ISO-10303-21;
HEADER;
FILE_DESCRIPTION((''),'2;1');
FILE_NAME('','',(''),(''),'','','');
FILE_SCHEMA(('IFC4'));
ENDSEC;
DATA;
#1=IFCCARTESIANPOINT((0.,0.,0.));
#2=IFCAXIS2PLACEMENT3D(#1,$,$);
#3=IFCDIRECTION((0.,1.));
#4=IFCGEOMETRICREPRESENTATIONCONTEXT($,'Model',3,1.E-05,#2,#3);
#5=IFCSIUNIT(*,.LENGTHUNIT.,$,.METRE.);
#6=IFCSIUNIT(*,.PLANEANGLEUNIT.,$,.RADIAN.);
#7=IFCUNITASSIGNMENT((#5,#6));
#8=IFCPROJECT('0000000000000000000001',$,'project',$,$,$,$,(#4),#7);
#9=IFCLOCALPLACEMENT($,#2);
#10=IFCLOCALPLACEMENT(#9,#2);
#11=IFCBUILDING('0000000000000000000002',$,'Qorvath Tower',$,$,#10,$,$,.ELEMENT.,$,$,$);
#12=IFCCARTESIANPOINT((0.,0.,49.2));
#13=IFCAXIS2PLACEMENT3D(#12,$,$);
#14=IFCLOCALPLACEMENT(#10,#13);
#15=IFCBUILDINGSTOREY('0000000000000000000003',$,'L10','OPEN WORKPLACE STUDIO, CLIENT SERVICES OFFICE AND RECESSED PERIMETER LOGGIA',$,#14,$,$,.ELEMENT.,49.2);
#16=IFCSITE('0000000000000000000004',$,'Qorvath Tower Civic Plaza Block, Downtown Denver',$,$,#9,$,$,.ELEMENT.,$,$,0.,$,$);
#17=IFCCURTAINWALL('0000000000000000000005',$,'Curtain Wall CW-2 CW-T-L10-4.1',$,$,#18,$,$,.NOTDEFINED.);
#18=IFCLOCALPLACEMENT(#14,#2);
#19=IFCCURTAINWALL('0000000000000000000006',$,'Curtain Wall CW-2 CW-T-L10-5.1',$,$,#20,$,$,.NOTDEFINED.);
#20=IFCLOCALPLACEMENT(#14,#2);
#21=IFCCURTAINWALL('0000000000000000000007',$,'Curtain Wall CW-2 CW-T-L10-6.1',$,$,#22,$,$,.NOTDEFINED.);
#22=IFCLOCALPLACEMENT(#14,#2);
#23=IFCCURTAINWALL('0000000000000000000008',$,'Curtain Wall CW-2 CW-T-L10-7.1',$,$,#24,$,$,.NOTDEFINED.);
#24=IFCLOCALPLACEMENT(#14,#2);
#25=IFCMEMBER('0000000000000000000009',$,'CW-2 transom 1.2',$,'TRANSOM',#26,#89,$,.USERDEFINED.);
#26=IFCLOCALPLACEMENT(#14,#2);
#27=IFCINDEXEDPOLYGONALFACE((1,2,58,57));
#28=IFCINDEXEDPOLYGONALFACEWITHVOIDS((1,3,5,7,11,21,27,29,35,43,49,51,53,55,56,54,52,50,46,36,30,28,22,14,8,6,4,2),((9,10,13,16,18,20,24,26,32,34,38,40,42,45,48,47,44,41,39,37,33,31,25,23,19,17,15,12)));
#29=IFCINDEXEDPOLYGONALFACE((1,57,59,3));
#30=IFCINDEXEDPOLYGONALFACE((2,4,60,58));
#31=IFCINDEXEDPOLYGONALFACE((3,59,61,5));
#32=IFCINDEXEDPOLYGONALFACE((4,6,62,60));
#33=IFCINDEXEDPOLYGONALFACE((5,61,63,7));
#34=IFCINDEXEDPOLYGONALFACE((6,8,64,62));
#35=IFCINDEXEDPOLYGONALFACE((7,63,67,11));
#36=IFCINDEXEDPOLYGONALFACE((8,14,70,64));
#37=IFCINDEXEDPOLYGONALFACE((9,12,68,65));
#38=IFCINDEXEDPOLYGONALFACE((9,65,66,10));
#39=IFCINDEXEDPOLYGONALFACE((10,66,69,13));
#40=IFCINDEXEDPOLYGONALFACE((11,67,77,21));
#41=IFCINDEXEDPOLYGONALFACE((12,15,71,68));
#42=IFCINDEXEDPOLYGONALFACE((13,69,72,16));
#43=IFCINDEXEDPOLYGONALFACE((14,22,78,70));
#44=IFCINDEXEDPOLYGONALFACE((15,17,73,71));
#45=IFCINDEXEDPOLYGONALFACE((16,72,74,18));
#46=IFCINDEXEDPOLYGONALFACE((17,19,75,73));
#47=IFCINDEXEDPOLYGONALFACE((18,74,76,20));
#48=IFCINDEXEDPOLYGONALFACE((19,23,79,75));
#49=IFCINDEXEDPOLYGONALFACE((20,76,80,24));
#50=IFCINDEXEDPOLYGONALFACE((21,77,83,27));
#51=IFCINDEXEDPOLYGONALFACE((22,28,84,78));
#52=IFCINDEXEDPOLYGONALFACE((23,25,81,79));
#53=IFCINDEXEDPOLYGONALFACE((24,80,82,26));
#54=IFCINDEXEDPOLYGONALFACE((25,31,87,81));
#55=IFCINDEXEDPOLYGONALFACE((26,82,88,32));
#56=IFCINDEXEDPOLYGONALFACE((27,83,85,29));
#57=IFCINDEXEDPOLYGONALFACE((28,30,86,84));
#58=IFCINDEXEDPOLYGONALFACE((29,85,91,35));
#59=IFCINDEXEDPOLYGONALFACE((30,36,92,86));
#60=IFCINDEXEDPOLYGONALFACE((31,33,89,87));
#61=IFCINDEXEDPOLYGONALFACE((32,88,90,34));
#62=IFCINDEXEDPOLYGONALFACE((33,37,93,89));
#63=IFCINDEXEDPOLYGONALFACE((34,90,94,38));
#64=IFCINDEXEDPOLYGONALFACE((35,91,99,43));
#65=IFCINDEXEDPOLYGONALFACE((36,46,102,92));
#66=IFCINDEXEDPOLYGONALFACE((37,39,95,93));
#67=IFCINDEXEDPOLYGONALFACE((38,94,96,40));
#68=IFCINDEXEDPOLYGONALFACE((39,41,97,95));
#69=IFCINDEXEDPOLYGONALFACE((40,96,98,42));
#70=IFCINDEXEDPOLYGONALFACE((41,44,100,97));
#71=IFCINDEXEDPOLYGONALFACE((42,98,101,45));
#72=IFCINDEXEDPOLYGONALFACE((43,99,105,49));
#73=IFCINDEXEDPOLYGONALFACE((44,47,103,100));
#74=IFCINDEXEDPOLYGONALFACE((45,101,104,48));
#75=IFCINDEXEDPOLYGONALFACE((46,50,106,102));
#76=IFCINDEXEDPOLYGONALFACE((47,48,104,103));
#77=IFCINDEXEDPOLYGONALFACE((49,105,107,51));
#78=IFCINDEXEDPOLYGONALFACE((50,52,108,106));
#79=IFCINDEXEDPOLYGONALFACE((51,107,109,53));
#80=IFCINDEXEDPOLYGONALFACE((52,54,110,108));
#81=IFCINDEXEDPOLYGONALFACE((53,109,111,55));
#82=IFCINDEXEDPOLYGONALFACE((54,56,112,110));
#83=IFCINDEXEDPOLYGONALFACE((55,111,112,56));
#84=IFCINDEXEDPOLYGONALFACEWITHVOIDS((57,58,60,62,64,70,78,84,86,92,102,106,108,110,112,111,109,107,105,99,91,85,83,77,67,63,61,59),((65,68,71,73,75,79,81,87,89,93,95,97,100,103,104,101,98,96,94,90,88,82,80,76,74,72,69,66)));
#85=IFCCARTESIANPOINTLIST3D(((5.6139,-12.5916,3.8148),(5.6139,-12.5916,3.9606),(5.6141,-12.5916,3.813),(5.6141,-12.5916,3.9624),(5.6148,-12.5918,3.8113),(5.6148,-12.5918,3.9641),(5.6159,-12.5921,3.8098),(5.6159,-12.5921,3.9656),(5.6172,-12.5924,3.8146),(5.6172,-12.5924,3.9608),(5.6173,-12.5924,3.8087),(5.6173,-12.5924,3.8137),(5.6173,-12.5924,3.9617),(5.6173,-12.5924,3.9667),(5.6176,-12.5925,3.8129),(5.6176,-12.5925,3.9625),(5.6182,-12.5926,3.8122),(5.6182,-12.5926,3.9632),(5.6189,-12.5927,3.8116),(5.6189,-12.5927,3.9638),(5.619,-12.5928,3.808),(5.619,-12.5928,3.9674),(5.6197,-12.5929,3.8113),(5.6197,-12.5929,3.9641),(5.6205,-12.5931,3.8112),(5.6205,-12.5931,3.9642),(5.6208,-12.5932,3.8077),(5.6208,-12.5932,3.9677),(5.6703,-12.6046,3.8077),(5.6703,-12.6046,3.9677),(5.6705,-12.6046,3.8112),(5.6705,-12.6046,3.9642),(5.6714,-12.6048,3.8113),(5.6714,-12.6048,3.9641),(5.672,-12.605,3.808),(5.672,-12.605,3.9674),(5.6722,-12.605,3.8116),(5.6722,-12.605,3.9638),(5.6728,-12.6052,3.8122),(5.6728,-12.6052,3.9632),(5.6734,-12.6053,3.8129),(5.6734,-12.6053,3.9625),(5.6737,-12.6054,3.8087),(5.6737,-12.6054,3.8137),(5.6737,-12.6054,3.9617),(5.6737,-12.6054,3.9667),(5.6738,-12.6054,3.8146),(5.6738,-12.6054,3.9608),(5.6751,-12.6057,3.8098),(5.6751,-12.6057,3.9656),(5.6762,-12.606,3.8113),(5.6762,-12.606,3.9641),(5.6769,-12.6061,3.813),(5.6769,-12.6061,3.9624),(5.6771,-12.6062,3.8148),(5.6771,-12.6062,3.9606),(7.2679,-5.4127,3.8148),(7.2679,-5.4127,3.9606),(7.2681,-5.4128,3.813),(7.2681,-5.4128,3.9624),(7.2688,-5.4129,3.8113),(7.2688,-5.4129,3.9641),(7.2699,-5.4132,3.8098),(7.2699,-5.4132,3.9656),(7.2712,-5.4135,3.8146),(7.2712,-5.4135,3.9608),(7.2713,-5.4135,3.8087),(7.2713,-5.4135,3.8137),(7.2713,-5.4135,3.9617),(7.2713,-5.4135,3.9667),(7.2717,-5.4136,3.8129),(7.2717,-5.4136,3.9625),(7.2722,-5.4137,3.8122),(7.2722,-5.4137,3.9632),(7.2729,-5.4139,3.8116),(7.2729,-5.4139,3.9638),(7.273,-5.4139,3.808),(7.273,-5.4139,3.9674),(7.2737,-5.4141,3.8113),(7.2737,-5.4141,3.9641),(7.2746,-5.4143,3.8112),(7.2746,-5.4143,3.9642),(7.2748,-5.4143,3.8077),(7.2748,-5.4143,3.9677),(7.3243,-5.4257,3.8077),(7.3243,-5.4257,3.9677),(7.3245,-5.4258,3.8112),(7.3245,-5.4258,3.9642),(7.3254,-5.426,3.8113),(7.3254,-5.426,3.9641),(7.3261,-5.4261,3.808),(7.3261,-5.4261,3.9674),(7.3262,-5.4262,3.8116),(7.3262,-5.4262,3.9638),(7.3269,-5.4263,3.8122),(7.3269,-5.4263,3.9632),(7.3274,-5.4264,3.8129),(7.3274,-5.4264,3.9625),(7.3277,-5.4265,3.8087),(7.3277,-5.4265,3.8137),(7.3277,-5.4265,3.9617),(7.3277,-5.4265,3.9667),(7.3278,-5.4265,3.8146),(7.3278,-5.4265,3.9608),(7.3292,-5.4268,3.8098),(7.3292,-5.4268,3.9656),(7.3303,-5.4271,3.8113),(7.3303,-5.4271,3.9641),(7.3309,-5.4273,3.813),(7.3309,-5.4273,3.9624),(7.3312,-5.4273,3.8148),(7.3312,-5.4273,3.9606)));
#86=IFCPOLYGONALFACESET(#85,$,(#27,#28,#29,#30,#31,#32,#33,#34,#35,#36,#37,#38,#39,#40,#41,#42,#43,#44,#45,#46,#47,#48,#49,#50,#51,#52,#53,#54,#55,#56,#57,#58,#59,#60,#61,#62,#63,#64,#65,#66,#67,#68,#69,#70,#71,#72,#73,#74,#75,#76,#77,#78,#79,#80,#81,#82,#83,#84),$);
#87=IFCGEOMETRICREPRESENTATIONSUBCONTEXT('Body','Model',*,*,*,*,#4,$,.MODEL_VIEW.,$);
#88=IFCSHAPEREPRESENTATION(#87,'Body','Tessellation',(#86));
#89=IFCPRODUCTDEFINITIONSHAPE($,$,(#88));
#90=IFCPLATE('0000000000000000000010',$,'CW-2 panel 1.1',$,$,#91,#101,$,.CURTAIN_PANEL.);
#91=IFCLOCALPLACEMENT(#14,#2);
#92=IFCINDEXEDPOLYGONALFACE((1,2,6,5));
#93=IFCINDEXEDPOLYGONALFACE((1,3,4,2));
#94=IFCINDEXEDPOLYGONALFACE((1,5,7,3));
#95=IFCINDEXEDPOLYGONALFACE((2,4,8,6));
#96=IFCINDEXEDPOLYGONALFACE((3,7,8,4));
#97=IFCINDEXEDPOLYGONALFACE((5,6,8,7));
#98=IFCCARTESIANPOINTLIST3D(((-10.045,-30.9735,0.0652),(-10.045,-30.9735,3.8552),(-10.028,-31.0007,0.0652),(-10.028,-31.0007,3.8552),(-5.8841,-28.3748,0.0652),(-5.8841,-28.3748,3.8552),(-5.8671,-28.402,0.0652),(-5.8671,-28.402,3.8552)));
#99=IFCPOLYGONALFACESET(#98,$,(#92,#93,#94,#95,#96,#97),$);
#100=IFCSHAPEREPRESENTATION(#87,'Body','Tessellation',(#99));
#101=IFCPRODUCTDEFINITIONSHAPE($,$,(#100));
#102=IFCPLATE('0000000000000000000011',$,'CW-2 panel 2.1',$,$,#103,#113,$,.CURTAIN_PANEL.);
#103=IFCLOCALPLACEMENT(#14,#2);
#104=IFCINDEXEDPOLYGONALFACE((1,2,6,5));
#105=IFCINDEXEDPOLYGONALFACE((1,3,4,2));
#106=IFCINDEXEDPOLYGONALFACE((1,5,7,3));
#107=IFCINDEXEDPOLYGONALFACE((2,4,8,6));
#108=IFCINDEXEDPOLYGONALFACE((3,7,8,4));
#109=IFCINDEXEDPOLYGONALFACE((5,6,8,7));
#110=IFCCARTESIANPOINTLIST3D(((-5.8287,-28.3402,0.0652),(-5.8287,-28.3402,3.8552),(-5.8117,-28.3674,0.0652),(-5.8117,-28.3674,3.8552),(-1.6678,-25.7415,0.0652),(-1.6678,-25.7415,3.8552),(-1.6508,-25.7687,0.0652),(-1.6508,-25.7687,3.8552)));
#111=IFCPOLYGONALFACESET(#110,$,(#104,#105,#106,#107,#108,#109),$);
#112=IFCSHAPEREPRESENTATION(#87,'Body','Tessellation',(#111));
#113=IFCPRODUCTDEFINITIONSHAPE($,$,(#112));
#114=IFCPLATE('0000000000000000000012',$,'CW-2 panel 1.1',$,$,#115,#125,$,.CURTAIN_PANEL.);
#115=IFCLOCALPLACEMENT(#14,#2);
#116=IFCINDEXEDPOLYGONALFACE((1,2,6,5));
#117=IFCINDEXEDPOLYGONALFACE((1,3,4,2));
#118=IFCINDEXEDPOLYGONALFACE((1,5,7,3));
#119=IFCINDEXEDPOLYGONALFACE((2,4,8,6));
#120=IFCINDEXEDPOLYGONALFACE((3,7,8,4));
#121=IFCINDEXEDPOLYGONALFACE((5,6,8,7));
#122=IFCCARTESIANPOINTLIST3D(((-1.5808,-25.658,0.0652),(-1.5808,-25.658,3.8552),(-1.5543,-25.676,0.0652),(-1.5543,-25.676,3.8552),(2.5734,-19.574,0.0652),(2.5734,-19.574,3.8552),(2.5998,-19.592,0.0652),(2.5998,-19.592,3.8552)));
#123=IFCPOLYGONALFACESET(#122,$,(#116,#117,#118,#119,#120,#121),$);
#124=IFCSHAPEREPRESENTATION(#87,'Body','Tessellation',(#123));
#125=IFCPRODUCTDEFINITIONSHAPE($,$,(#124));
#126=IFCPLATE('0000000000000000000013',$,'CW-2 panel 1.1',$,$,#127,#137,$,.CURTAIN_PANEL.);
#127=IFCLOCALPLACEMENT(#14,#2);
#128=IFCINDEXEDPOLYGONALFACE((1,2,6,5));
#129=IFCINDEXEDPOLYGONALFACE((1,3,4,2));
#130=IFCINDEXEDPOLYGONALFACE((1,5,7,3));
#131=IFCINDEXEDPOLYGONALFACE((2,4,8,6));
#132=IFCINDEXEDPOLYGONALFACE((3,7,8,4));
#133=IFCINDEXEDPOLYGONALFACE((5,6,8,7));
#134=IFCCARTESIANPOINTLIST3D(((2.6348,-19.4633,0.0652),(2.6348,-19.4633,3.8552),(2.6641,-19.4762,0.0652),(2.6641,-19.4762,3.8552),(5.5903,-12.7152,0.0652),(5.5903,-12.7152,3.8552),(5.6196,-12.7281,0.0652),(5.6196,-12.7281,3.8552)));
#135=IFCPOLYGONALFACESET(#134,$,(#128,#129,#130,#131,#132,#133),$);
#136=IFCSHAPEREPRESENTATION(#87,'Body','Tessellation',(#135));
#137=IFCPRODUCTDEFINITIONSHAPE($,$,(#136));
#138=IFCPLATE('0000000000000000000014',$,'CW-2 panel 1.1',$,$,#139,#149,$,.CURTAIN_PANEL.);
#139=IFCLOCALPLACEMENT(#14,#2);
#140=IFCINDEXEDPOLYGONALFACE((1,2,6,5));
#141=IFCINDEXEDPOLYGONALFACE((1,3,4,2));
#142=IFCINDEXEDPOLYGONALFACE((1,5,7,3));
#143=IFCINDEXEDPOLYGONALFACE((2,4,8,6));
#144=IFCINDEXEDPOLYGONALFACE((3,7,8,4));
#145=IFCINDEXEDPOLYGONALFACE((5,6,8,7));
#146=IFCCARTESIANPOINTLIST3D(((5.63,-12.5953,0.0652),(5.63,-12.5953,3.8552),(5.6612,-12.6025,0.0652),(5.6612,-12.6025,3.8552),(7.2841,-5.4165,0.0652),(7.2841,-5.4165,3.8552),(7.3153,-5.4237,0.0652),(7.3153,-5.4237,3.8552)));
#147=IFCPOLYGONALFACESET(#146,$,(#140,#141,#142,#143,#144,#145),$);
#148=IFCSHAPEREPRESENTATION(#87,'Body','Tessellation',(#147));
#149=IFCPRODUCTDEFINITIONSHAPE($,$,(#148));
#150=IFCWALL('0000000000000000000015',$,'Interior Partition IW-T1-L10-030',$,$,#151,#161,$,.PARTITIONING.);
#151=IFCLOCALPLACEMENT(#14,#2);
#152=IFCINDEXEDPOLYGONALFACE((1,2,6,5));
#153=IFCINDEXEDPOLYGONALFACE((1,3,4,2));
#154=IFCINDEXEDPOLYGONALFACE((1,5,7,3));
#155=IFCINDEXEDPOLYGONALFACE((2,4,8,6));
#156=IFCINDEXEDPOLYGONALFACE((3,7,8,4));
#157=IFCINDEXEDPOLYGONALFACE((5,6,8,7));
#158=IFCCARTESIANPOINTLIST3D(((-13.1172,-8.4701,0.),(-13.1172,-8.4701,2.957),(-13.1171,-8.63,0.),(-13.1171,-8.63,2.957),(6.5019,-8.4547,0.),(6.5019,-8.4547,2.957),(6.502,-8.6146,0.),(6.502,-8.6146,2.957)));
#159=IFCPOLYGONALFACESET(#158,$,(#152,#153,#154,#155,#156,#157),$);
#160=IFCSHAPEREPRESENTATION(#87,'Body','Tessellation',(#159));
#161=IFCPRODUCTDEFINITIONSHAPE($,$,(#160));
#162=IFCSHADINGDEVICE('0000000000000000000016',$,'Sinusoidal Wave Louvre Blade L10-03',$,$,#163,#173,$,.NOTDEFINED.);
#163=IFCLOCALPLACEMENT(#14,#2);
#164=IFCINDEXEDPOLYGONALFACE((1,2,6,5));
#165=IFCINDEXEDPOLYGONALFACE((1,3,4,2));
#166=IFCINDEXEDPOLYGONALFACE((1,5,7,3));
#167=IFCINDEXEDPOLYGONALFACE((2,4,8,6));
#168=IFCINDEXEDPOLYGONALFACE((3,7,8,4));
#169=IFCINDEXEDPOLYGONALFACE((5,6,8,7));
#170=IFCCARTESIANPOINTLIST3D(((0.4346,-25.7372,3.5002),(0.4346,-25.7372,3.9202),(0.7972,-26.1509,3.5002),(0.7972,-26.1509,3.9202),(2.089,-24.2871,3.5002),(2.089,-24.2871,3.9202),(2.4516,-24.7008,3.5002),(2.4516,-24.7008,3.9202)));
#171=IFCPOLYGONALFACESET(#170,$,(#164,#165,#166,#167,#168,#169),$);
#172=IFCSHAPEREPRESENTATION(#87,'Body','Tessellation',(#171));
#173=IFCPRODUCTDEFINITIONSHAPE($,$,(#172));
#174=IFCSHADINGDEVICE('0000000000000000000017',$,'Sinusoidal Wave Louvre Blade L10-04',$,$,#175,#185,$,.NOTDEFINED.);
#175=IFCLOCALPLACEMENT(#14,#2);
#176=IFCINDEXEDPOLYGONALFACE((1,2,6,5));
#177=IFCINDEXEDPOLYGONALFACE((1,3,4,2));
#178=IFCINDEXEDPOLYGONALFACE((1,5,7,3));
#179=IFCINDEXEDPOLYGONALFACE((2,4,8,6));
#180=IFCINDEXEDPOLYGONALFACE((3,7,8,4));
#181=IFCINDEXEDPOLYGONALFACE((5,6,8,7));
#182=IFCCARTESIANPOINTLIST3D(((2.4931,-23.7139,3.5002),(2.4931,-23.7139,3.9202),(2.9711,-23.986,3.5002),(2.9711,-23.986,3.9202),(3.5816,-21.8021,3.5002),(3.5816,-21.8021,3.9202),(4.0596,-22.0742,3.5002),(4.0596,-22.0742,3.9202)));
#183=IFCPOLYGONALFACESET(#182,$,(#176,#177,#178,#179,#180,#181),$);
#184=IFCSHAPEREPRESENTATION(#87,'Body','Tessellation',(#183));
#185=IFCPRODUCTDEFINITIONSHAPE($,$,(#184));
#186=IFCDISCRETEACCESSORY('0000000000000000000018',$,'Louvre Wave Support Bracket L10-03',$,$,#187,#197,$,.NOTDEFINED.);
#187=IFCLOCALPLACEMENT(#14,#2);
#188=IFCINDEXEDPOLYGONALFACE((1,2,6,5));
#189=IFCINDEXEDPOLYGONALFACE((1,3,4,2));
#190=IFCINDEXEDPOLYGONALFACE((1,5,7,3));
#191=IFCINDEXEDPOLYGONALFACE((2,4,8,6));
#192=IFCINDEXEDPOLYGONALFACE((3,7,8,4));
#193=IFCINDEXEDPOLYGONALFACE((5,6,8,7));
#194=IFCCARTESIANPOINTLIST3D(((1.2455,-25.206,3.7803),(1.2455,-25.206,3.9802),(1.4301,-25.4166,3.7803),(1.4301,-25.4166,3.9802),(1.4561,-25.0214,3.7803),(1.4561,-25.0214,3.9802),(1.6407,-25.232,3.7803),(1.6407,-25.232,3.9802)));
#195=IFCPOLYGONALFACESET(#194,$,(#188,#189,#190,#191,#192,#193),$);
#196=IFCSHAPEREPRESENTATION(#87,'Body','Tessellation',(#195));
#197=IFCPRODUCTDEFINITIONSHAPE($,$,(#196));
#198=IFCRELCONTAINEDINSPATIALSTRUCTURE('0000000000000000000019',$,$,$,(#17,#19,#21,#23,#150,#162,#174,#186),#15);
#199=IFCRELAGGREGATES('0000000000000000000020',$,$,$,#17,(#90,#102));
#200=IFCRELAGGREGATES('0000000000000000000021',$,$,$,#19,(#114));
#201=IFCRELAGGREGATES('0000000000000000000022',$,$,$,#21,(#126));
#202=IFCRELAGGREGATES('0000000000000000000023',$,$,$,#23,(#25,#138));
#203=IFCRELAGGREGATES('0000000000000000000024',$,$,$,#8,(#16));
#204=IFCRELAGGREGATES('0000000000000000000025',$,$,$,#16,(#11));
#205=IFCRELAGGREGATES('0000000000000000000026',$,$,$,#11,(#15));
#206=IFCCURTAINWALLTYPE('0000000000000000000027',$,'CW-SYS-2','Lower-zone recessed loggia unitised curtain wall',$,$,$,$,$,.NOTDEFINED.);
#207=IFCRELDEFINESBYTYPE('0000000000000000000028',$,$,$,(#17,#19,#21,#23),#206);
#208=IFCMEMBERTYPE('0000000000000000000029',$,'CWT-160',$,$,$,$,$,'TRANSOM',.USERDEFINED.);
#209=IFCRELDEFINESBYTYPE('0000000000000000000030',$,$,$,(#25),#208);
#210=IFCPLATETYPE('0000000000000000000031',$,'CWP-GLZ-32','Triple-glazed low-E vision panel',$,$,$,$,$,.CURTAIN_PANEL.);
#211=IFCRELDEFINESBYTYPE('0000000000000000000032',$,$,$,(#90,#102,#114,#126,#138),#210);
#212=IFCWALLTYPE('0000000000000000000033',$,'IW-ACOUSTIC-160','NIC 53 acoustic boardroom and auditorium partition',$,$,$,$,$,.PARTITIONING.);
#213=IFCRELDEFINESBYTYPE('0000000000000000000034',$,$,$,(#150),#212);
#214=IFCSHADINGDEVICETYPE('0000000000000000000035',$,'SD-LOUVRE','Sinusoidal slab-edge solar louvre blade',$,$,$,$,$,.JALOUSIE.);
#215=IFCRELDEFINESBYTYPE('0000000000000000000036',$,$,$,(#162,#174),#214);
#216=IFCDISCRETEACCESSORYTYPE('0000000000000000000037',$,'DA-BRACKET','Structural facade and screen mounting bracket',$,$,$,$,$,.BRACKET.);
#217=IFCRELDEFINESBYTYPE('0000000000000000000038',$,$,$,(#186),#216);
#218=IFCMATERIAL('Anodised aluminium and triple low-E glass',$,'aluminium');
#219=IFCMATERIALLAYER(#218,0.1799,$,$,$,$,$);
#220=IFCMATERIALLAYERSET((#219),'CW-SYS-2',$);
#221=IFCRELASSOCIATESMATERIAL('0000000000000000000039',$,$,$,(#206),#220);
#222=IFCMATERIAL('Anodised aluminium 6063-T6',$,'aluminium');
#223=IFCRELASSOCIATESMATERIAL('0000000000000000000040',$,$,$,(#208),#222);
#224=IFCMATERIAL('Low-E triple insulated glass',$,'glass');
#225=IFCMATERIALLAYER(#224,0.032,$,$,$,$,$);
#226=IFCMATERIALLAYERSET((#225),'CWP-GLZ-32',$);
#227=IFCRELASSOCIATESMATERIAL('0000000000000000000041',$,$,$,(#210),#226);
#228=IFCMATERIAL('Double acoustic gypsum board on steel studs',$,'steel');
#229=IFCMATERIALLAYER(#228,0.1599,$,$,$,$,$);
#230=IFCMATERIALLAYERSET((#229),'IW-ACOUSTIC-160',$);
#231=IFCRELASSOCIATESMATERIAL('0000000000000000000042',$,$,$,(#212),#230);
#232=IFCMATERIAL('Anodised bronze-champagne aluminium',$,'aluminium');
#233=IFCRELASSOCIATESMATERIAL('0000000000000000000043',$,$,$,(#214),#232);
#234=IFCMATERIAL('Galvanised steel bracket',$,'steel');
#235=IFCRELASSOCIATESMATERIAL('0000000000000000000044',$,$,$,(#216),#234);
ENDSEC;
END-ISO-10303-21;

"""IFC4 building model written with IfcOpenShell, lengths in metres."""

from ifc_helpers import new_model, si_unit, direction, frame, frame_2d, origin, origin_2d, place, context, subcontext, project, spatial, rectangle, hollow_rectangle, extrude, material, layer, layer_set, material_profile, profile_set, type_object, element, aggregate, save


model = new_model("IFC4")

# Units and contexts
model_context = context("Model", 3, precision=1e-05, world=origin(), true_north=direction((0.0, 1.0)))
body_context = subcontext(model_context, "Body", "Model", "MODEL_VIEW")
ifc_project = project(units=[si_unit("LENGTHUNIT", "METRE"), si_unit("PLANEANGLEUNIT", "RADIAN")], contexts=[model_context])

# Site, building, storey
site_placement = place(None, origin())
site = spatial("IfcSite", under=ifc_project, at=site_placement, Name="Qorvath Tower Civic Plaza Block, Downtown Denver", CompositionType="ELEMENT", RefElevation=0.0)
building_placement = place(site_placement, origin())
building = spatial("IfcBuilding", under=site, at=building_placement, Name="Qorvath Tower", CompositionType="ELEMENT")
storey_placement = place(building_placement, frame((0.0, 0.0, 49.2)))
storey = spatial("IfcBuildingStorey", under=building, at=storey_placement, Name="L10", Description="OPEN WORKPLACE STUDIO, CLIENT SERVICES OFFICE AND RECESSED PERIMETER LOGGIA", CompositionType="ELEMENT", Elevation=49.2)

# Curtain walls
ifc_material_1 = material(Name="Anodised aluminium and triple low-E glass", Category="aluminium")
ifc_layer_1 = layer(ifc_material_1, 0.1799)
ifc_layer_set_1 = layer_set([ifc_layer_1], Name="CW-SYS-2")
curtain_wall_type = type_object("IfcCurtainWallType", Name="CW-SYS-2", Description="Lower-zone recessed loggia unitised curtain wall", PredefinedType="NOTDEFINED", material=ifc_layer_set_1)
curtain_wall_1_placement = place(storey_placement, origin())
curtain_wall_1 = element("IfcCurtainWall", 1, at=curtain_wall_1_placement, inside=storey, type_object=curtain_wall_type, Name="Curtain Wall CW-2 CW-T-L10-4.1", PredefinedType="NOTDEFINED")
curtain_wall_2_placement = place(storey_placement, origin())
curtain_wall_2 = element("IfcCurtainWall", 2, at=curtain_wall_2_placement, inside=storey, type_object=curtain_wall_type, Name="Curtain Wall CW-2 CW-T-L10-5.1", PredefinedType="NOTDEFINED")
curtain_wall_3_placement = place(storey_placement, origin())
curtain_wall_3 = element("IfcCurtainWall", 3, at=curtain_wall_3_placement, inside=storey, type_object=curtain_wall_type, Name="Curtain Wall CW-2 CW-T-L10-6.1", PredefinedType="NOTDEFINED")

# Curtain wall
curtain_wall_4_placement = place(storey_placement, origin())
curtain_wall_4 = element("IfcCurtainWall", 4, at=curtain_wall_4_placement, inside=storey, type_object=curtain_wall_type, Name="Curtain Wall CW-2 CW-T-L10-7.1", PredefinedType="NOTDEFINED")

# Member
ifc_material_2 = material(Name="Anodised aluminium 6063-T6", Category="aluminium")
ifc_material_profile_1 = material_profile(ifc_material_2, hollow_rectangle(XDim=0.0649, YDim=0.1599, WallThickness=0.0034, InnerFilletRadius=0.0034, OuterFilletRadius=0.0071, at=origin_2d()), Name="CWT 160x65")
ifc_profile_set_1 = profile_set([ifc_material_profile_1], Name="Anodised aluminium 6063-T6")
member_type_1 = type_object("IfcMemberType", Name="CWT-160", ElementType="TRANSOM", PredefinedType="USERDEFINED", material=ifc_profile_set_1)
member_1_placement = place(storey_placement, frame((5.6455, -12.5989, 3.8877), z_axis=(0.224521, 0.974469, 0.0), x_axis=(-0.974469, 0.224521, 0.0)))
member_1 = element("IfcMember", 5, at=member_1_placement, type_object=member_type_1, Name="CW-2 transom 1.2", ObjectType="TRANSOM", PredefinedType="USERDEFINED", context=body_context, shape_type="SweptSolid", body=[
    extrude(hollow_rectangle(XDim=0.0649, YDim=0.1599, WallThickness=0.0034, InnerFilletRadius=0.0034, OuterFilletRadius=0.0071, at=origin_2d()), origin(), (0.0, 0.0, 1.0), 7.3669),
])

# Plates
ifc_material_3 = material(Name="Low-E triple insulated glass", Category="glass")
ifc_layer_2 = layer(ifc_material_3, 0.032)
ifc_layer_set_2 = layer_set([ifc_layer_2], Name="CWP-GLZ-32")
plate_type = type_object("IfcPlateType", Name="CWP-GLZ-32", Description="Triple-glazed low-E vision panel", PredefinedType="CURTAIN_PANEL", material=ifc_layer_set_2)
plate_1_placement = place(storey_placement, frame((-7.9561, -29.6877, 0.0652), z_axis=(0.0, 0.0, 1.0), x_axis=(0.84817, 0.529724, 0.0)))
plate_1 = element("IfcPlate", 6, at=plate_1_placement, type_object=plate_type, Name="CW-2 panel 1.1", PredefinedType="CURTAIN_PANEL", context=body_context, shape_type="SweptSolid", body=[
    extrude(rectangle(XDim=4.9058, YDim=0.032, at=origin_2d()), origin(), (0.0, 0.0, 1.0), 3.79),
])
plate_2_placement = place(storey_placement, frame((-3.7397, -27.0544, 0.0652), z_axis=(0.0, 0.0, 1.0), x_axis=(0.84817, 0.529724, 0.0)))
plate_2 = element("IfcPlate", 7, at=plate_2_placement, type_object=plate_type, Name="CW-2 panel 2.1", PredefinedType="CURTAIN_PANEL", context=body_context, shape_type="SweptSolid", body=[
    extrude(rectangle(XDim=4.9058, YDim=0.032, at=origin_2d()), origin(), (0.0, 0.0, 1.0), 3.79),
])
aggregate(curtain_wall_1, [plate_1, plate_2])
plate_3_placement = place(storey_placement, frame((0.5095, -22.625, 0.0652), z_axis=(0.0, 0.0, 1.0), x_axis=(0.563891, 0.825849, 0.0)))
plate_3 = element("IfcPlate", 8, at=plate_3_placement, type_object=plate_type, Name="CW-2 panel 1.1", PredefinedType="CURTAIN_PANEL", context=body_context, shape_type="SweptSolid", body=[
    extrude(rectangle(XDim=7.3669, YDim=0.032, at=origin_2d()), origin(), (0.0, 0.0, 1.0), 3.79),
])
aggregate(curtain_wall_2, [plate_3])
plate_4_placement = place(storey_placement, frame((4.1272, -16.0957, 0.0652), z_axis=(0.0, 0.0, 1.0), x_axis=(0.401177, 0.916001, 0.0)))
plate_4 = element("IfcPlate", 9, at=plate_4_placement, type_object=plate_type, Name="CW-2 panel 1.1", PredefinedType="CURTAIN_PANEL", context=body_context, shape_type="SweptSolid", body=[
    extrude(rectangle(XDim=7.3669, YDim=0.032, at=origin_2d()), origin(), (0.0, 0.0, 1.0), 3.79),
])
aggregate(curtain_wall_3, [plate_4])
plate_5_placement = place(storey_placement, frame((6.4727, -9.0095, 0.0652), z_axis=(0.0, 0.0, 1.0), x_axis=(0.224535, 0.974466, 0.0)))
plate_5 = element("IfcPlate", 10, at=plate_5_placement, type_object=plate_type, Name="CW-2 panel 1.1", PredefinedType="CURTAIN_PANEL", context=body_context, shape_type="SweptSolid", body=[
    extrude(rectangle(XDim=7.3669, YDim=0.032, at=origin_2d()), origin(), (0.0, 0.0, 1.0), 3.79),
])
aggregate(curtain_wall_4, [member_1, plate_5])

# Wall
ifc_material_4 = material(Name="Double acoustic gypsum board on steel studs", Category="steel")
ifc_layer_3 = layer(ifc_material_4, 0.1599)
ifc_layer_set_3 = layer_set([ifc_layer_3], Name="IW-ACOUSTIC-160")
wall_type = type_object("IfcWallType", Name="IW-ACOUSTIC-160", Description="NIC 53 acoustic boardroom and auditorium partition", PredefinedType="PARTITIONING", material=ifc_layer_set_3)
wall_placement = place(storey_placement, frame((6.502, -8.5347, 0.0), z_axis=(0.0, 0.0, 1.0), x_axis=(-1.0, -0.000784, 0.0)))
element("IfcWall", 11, at=wall_placement, inside=storey, type_object=wall_type, Name="Interior Partition IW-T1-L10-030", PredefinedType="PARTITIONING", context=body_context, shape_type="SweptSolid", body=[
    extrude(rectangle(XDim=19.6191, YDim=0.1599, at=frame_2d((9.8096, 0.0))), origin(), (0.0, 0.0, 1.0), 2.957),
])

# Shading devices
ifc_material_5 = material(Name="Anodised bronze-champagne aluminium", Category="aluminium")
shading_device_type = type_object("IfcShadingDeviceType", Name="SD-LOUVRE", Description="Sinusoidal slab-edge solar louvre blade", PredefinedType="JALOUSIE", material=ifc_material_5)
for number, where, z_axis, x_axis, name in (
    (12, (1.4431, -25.219, 3.5002), (0.0, 0.0, 1.0), (0.752005, 0.659157, 0.0), "Sinusoidal Wave Louvre Blade L10-03"),
    (13, (3.2764, -22.894, 3.5002), (0.0, 0.0, 1.0), (0.494763, 0.869028, 0.0), "Sinusoidal Wave Louvre Blade L10-04"),
):
    element("IfcShadingDevice", number, at=place(storey_placement, frame(where, z_axis=z_axis, x_axis=x_axis)), inside=storey, type_object=shading_device_type, Name=name, PredefinedType="NOTDEFINED", context=body_context, shape_type="SweptSolid", body=[
        extrude(rectangle(XDim=2.2, YDim=0.55, at=origin_2d()), origin(), (0.0, 0.0, 1.0), 0.4199),
    ])

# Discrete accessory
ifc_material_6 = material(Name="Galvanised steel bracket", Category="steel")
discrete_accessory_type = type_object("IfcDiscreteAccessoryType", Name="DA-BRACKET", Description="Structural facade and screen mounting bracket", PredefinedType="BRACKET", material=ifc_material_6)
for number, where, z_axis, x_axis, name in (
    (14, (1.4431, -25.219, 3.7803), (0.0, 0.0, 1.0), (0.752005, 0.659157, 0.0), "Louvre Wave Support Bracket L10-03"),
):
    element("IfcDiscreteAccessory", number, at=place(storey_placement, frame(where, z_axis=z_axis, x_axis=x_axis)), inside=storey, type_object=discrete_accessory_type, Name=name, PredefinedType="NOTDEFINED", context=body_context, shape_type="SweptSolid", body=[
        extrude(rectangle(XDim=0.28, YDim=0.28, at=origin_2d()), origin(), (0.0, 0.0, 1.0), 0.2),
    ])

save(model, "model.ifc")
